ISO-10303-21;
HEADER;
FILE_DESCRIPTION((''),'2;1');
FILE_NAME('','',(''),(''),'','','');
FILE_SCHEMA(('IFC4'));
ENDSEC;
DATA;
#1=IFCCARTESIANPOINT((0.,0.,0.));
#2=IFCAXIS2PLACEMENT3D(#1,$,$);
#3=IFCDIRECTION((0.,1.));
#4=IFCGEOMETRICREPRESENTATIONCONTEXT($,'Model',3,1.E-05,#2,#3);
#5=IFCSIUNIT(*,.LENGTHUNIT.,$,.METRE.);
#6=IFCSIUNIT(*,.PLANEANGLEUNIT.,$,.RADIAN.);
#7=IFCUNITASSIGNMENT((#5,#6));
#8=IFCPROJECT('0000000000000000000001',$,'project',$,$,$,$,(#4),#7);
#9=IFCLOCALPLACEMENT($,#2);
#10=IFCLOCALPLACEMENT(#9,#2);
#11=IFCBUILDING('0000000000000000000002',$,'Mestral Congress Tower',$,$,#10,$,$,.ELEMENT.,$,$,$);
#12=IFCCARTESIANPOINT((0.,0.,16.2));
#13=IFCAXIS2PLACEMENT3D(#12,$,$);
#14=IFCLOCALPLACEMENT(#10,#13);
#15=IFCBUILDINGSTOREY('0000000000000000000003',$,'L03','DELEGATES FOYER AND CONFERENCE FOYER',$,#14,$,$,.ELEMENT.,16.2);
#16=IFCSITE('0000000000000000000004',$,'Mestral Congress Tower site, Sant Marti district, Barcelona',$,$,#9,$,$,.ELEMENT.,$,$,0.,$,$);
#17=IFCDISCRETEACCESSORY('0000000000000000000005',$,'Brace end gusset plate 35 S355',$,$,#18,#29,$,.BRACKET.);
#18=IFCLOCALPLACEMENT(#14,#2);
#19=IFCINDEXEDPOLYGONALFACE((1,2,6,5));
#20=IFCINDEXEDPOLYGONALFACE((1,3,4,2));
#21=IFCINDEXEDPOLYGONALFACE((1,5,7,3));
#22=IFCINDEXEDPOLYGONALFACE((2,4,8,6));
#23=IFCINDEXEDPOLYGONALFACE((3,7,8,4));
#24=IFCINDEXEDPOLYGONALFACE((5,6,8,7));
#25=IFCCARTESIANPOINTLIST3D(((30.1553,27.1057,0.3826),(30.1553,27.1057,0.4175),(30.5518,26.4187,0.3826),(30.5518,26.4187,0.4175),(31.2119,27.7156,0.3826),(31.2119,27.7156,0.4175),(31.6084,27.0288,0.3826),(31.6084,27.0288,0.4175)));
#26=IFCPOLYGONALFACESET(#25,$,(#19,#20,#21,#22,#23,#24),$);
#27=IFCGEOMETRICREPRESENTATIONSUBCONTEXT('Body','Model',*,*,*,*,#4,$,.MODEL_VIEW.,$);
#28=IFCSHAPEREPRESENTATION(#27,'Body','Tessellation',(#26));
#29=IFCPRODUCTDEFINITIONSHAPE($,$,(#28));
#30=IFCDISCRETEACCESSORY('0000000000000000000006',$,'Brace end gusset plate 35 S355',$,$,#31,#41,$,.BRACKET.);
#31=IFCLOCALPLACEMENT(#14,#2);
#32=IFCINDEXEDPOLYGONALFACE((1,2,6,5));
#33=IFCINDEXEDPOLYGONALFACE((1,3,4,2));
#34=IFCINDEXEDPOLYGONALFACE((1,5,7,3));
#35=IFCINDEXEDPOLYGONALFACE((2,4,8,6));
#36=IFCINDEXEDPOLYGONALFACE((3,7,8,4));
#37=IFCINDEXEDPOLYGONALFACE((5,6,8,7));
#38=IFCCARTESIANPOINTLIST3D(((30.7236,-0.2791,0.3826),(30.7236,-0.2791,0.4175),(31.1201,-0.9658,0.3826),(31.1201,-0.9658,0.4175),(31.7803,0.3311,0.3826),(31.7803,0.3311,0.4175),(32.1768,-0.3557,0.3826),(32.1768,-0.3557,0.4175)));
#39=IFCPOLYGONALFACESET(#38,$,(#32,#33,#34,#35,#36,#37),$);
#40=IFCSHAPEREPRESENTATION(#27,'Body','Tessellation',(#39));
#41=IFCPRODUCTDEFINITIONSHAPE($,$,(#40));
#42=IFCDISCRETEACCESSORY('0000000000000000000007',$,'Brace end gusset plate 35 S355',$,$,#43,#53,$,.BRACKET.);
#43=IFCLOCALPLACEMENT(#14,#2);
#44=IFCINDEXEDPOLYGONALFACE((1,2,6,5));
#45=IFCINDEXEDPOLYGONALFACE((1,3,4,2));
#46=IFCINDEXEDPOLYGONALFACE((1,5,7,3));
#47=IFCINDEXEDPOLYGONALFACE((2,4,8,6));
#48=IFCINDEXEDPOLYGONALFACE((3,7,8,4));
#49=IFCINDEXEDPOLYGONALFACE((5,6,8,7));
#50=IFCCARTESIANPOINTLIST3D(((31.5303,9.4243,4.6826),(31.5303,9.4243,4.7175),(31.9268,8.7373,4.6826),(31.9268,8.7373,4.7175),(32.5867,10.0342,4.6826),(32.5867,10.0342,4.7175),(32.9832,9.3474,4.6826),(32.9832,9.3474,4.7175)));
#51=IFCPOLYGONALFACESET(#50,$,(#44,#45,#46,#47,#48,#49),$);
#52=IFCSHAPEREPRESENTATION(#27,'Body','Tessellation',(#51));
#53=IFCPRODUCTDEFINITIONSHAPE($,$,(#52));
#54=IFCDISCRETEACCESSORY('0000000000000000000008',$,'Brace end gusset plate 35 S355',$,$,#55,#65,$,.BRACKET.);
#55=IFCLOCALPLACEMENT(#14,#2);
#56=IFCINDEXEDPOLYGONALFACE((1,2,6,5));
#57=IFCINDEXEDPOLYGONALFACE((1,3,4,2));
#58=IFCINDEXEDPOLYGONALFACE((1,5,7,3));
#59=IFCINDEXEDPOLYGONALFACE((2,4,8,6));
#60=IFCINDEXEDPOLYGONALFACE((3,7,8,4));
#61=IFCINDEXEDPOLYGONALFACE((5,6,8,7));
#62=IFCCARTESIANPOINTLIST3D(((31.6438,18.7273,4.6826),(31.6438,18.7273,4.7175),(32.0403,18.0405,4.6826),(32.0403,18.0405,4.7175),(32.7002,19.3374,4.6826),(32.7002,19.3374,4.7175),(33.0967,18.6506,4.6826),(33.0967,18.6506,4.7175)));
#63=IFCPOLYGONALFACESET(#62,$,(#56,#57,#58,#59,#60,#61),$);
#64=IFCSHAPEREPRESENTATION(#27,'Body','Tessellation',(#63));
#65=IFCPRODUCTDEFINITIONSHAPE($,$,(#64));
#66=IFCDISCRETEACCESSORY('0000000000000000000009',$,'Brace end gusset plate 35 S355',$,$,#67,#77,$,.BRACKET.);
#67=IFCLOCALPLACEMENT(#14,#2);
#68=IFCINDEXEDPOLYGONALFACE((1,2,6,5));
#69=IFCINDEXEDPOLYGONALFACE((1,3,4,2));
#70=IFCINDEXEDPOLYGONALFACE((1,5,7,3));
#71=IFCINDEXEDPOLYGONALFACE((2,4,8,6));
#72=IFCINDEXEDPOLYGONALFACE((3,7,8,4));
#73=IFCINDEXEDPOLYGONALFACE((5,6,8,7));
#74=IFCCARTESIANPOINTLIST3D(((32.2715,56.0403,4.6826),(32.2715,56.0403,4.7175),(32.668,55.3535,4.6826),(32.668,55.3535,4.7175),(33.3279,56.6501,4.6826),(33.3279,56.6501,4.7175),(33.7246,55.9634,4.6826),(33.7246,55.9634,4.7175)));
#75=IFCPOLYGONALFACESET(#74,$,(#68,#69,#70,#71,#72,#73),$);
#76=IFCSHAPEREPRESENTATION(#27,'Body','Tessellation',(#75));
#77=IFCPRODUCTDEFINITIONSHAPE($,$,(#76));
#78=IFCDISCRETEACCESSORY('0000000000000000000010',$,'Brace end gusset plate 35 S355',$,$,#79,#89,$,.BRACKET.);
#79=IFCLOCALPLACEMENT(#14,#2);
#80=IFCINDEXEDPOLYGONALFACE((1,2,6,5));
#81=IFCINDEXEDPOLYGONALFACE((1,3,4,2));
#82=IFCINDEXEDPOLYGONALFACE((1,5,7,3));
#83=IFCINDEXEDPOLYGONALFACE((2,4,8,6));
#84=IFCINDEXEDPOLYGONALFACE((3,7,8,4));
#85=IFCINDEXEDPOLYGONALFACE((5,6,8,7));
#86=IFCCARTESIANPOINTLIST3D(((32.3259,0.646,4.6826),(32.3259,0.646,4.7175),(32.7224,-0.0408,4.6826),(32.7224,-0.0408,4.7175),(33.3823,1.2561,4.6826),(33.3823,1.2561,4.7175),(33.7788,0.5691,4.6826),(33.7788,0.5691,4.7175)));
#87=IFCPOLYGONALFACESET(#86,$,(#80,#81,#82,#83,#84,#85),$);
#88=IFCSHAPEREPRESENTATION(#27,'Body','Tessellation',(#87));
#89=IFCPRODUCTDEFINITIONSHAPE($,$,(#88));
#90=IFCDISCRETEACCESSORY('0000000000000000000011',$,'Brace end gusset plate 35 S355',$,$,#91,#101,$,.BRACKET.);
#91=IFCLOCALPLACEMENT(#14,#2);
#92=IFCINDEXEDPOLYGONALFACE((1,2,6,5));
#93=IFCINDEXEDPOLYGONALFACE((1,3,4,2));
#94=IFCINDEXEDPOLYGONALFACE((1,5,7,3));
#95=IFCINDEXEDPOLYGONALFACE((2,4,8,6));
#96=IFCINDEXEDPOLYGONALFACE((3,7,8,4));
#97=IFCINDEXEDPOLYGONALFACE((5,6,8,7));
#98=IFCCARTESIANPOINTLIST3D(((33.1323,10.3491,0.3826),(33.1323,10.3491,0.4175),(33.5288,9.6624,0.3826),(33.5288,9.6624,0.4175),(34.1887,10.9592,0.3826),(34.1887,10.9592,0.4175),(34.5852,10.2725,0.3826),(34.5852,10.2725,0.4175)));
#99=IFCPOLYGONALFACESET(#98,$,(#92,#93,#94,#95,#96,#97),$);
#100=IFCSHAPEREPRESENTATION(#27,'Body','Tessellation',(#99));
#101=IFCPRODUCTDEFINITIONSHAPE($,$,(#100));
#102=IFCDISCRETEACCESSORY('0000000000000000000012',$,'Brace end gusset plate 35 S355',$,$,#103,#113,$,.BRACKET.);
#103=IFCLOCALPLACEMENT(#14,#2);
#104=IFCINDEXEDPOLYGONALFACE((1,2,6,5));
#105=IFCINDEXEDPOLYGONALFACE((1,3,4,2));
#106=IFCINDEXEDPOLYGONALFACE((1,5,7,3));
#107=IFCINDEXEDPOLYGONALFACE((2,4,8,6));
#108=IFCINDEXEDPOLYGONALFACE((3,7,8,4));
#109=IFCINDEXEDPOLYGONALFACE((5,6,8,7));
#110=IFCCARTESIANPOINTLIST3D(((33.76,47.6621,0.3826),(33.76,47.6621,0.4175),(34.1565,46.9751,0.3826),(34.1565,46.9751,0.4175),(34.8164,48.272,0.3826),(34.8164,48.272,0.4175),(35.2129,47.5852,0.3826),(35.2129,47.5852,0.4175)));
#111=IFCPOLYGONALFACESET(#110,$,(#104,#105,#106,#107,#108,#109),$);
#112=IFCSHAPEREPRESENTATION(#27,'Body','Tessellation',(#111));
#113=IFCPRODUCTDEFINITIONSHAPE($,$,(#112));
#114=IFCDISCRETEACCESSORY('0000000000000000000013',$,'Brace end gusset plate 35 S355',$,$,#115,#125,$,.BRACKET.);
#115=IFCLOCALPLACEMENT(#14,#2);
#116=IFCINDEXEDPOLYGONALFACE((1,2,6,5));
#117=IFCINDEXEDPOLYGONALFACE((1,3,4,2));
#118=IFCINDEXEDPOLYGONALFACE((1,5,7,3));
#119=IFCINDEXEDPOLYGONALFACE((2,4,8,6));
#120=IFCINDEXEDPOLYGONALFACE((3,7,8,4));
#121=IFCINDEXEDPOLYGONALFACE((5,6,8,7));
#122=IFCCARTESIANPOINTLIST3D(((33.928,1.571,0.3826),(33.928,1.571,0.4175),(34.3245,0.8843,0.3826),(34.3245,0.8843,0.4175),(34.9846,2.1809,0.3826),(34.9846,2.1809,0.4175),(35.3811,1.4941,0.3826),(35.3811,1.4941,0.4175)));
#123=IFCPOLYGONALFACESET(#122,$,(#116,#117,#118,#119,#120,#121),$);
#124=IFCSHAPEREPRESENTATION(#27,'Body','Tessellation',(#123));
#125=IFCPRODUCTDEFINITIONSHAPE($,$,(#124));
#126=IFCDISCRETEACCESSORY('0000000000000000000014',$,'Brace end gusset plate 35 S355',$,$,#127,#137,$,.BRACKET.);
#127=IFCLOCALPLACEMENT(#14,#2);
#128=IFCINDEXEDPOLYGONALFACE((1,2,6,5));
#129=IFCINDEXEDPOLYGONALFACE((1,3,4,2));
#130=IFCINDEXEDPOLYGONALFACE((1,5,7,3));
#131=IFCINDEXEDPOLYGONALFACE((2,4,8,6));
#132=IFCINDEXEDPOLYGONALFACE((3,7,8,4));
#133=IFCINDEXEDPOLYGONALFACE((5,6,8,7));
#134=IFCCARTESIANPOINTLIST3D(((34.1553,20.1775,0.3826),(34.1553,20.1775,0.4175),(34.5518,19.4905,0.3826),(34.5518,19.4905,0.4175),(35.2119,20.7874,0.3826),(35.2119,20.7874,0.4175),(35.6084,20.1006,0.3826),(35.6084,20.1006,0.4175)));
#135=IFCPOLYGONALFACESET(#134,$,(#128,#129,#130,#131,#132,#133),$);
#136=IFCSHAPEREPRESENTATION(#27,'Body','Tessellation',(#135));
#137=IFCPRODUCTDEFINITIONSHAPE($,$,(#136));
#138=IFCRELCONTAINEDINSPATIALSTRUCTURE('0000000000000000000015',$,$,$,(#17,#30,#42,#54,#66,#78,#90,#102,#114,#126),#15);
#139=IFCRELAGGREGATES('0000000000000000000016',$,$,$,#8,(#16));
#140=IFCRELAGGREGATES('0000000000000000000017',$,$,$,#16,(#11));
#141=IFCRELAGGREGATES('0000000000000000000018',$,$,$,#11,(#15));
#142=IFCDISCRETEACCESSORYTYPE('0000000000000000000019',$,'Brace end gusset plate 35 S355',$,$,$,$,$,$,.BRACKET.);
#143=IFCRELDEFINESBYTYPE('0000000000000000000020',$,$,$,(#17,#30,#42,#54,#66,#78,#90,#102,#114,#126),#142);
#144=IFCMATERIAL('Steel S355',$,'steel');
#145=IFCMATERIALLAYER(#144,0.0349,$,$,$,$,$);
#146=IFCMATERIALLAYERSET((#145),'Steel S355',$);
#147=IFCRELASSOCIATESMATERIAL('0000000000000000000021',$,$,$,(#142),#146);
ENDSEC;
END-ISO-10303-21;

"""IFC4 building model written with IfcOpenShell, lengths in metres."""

from ifc_helpers import new_model, si_unit, direction, frame, origin, place, context, subcontext, project, spatial, polyline, outline, extrude, material, layer, layer_set, type_object, element, save


model = new_model("IFC4")

# Units and contexts
model_context = context("Model", 3, precision=1e-05, world=origin(), true_north=direction((0.0, 1.0)))
body_context = subcontext(model_context, "Body", "Model", "MODEL_VIEW")
ifc_project = project(units=[si_unit("LENGTHUNIT", "METRE"), si_unit("PLANEANGLEUNIT", "RADIAN")], contexts=[model_context])

# Site, building, storey
site_placement = place(None, origin())
site = spatial("IfcSite", under=ifc_project, at=site_placement, Name="Mestral Congress Tower site, Sant Marti district, Barcelona", CompositionType="ELEMENT", RefElevation=0.0)
building_placement = place(site_placement, origin())
building = spatial("IfcBuilding", under=site, at=building_placement, Name="Mestral Congress Tower", CompositionType="ELEMENT")
storey_placement = place(building_placement, frame((0.0, 0.0, 16.2)))
storey = spatial("IfcBuildingStorey", under=building, at=storey_placement, Name="L03", Description="DELEGATES FOYER AND CONFERENCE FOYER", CompositionType="ELEMENT", Elevation=16.2)

# Discrete accessories
ifc_material = material(Name="Steel S355", Category="steel")
ifc_layer_1 = layer(ifc_material, 0.0349)
ifc_layer_set_1 = layer_set([ifc_layer_1], Name="Steel S355")
discrete_accessory_type_1 = type_object("IfcDiscreteAccessoryType", Name="Brace end gusset plate 35 S355", PredefinedType="BRACKET", material=ifc_layer_set_1)
placement_1 = place(storey_placement, frame((0.0, 0.0, 4.6826)))
placement_2 = place(storey_placement, frame((0.0, 0.0, 0.3826)))
element("IfcDiscreteAccessory", 1, at=placement_2, inside=storey, type_object=discrete_accessory_type_1, Name="Brace end gusset plate 35 S355", PredefinedType="BRACKET", context=body_context, shape_type="SweptSolid", body=[
    extrude(outline(polyline([(31.2119, 27.7156), (30.1553, 27.1057), (30.5518, 26.4187), (31.6084, 27.0288), (31.2119, 27.7156)])), origin(), (0.0, 0.0, 1.0), 0.0349),
])
element("IfcDiscreteAccessory", 2, at=placement_2, inside=storey, type_object=discrete_accessory_type_1, Name="Brace end gusset plate 35 S355", PredefinedType="BRACKET", context=body_context, shape_type="SweptSolid", body=[
    extrude(outline(polyline([(31.1201, -0.9658), (32.1768, -0.3557), (31.7803, 0.3311), (30.7236, -0.2791), (31.1201, -0.9658)])), origin(), (0.0, 0.0, 1.0), 0.0349),
])
element("IfcDiscreteAccessory", 3, at=placement_1, inside=storey, type_object=discrete_accessory_type_1, Name="Brace end gusset plate 35 S355", PredefinedType="BRACKET", context=body_context, shape_type="SweptSolid", body=[
    extrude(outline(polyline([(32.5867, 10.0342), (31.5303, 9.4243), (31.9268, 8.7373), (32.9832, 9.3474), (32.5867, 10.0342)])), origin(), (0.0, 0.0, 1.0), 0.0349),
])
element("IfcDiscreteAccessory", 4, at=placement_1, inside=storey, type_object=discrete_accessory_type_1, Name="Brace end gusset plate 35 S355", PredefinedType="BRACKET", context=body_context, shape_type="SweptSolid", body=[
    extrude(outline(polyline([(32.7002, 19.3374), (31.6438, 18.7273), (32.0403, 18.0405), (33.0967, 18.6506), (32.7002, 19.3374)])), origin(), (0.0, 0.0, 1.0), 0.0349),
])
element("IfcDiscreteAccessory", 5, at=placement_1, inside=storey, type_object=discrete_accessory_type_1, Name="Brace end gusset plate 35 S355", PredefinedType="BRACKET", context=body_context, shape_type="SweptSolid", body=[
    extrude(outline(polyline([(33.3279, 56.6501), (32.2715, 56.0403), (32.668, 55.3535), (33.7246, 55.9634), (33.3279, 56.6501)])), origin(), (0.0, 0.0, 1.0), 0.0349),
])
element("IfcDiscreteAccessory", 6, at=placement_1, inside=storey, type_object=discrete_accessory_type_1, Name="Brace end gusset plate 35 S355", PredefinedType="BRACKET", context=body_context, shape_type="SweptSolid", body=[
    extrude(outline(polyline([(33.3823, 1.2561), (32.3259, 0.646), (32.7224, -0.0408), (33.7788, 0.5691), (33.3823, 1.2561)])), origin(), (0.0, 0.0, 1.0), 0.0349),
])
element("IfcDiscreteAccessory", 7, at=placement_2, inside=storey, type_object=discrete_accessory_type_1, Name="Brace end gusset plate 35 S355", PredefinedType="BRACKET", context=body_context, shape_type="SweptSolid", body=[
    extrude(outline(polyline([(34.1887, 10.9592), (33.1323, 10.3491), (33.5288, 9.6624), (34.5852, 10.2725), (34.1887, 10.9592)])), origin(), (0.0, 0.0, 1.0), 0.0349),
])
element("IfcDiscreteAccessory", 8, at=placement_2, inside=storey, type_object=discrete_accessory_type_1, Name="Brace end gusset plate 35 S355", PredefinedType="BRACKET", context=body_context, shape_type="SweptSolid", body=[
    extrude(outline(polyline([(34.1565, 46.9751), (35.2129, 47.5852), (34.8164, 48.272), (33.76, 47.6621), (34.1565, 46.9751)])), origin(), (0.0, 0.0, 1.0), 0.0349),
])
element("IfcDiscreteAccessory", 9, at=placement_2, inside=storey, type_object=discrete_accessory_type_1, Name="Brace end gusset plate 35 S355", PredefinedType="BRACKET", context=body_context, shape_type="SweptSolid", body=[
    extrude(outline(polyline([(34.9846, 2.1809), (33.928, 1.571), (34.3245, 0.8843), (35.3811, 1.4941), (34.9846, 2.1809)])), origin(), (0.0, 0.0, 1.0), 0.0349),
])
element("IfcDiscreteAccessory", 10, at=placement_2, inside=storey, type_object=discrete_accessory_type_1, Name="Brace end gusset plate 35 S355", PredefinedType="BRACKET", context=body_context, shape_type="SweptSolid", body=[
    extrude(outline(polyline([(35.2119, 20.7874), (34.1553, 20.1775), (34.5518, 19.4905), (35.6084, 20.1006), (35.2119, 20.7874)])), origin(), (0.0, 0.0, 1.0), 0.0349),
])

save(model, "model.ifc")
